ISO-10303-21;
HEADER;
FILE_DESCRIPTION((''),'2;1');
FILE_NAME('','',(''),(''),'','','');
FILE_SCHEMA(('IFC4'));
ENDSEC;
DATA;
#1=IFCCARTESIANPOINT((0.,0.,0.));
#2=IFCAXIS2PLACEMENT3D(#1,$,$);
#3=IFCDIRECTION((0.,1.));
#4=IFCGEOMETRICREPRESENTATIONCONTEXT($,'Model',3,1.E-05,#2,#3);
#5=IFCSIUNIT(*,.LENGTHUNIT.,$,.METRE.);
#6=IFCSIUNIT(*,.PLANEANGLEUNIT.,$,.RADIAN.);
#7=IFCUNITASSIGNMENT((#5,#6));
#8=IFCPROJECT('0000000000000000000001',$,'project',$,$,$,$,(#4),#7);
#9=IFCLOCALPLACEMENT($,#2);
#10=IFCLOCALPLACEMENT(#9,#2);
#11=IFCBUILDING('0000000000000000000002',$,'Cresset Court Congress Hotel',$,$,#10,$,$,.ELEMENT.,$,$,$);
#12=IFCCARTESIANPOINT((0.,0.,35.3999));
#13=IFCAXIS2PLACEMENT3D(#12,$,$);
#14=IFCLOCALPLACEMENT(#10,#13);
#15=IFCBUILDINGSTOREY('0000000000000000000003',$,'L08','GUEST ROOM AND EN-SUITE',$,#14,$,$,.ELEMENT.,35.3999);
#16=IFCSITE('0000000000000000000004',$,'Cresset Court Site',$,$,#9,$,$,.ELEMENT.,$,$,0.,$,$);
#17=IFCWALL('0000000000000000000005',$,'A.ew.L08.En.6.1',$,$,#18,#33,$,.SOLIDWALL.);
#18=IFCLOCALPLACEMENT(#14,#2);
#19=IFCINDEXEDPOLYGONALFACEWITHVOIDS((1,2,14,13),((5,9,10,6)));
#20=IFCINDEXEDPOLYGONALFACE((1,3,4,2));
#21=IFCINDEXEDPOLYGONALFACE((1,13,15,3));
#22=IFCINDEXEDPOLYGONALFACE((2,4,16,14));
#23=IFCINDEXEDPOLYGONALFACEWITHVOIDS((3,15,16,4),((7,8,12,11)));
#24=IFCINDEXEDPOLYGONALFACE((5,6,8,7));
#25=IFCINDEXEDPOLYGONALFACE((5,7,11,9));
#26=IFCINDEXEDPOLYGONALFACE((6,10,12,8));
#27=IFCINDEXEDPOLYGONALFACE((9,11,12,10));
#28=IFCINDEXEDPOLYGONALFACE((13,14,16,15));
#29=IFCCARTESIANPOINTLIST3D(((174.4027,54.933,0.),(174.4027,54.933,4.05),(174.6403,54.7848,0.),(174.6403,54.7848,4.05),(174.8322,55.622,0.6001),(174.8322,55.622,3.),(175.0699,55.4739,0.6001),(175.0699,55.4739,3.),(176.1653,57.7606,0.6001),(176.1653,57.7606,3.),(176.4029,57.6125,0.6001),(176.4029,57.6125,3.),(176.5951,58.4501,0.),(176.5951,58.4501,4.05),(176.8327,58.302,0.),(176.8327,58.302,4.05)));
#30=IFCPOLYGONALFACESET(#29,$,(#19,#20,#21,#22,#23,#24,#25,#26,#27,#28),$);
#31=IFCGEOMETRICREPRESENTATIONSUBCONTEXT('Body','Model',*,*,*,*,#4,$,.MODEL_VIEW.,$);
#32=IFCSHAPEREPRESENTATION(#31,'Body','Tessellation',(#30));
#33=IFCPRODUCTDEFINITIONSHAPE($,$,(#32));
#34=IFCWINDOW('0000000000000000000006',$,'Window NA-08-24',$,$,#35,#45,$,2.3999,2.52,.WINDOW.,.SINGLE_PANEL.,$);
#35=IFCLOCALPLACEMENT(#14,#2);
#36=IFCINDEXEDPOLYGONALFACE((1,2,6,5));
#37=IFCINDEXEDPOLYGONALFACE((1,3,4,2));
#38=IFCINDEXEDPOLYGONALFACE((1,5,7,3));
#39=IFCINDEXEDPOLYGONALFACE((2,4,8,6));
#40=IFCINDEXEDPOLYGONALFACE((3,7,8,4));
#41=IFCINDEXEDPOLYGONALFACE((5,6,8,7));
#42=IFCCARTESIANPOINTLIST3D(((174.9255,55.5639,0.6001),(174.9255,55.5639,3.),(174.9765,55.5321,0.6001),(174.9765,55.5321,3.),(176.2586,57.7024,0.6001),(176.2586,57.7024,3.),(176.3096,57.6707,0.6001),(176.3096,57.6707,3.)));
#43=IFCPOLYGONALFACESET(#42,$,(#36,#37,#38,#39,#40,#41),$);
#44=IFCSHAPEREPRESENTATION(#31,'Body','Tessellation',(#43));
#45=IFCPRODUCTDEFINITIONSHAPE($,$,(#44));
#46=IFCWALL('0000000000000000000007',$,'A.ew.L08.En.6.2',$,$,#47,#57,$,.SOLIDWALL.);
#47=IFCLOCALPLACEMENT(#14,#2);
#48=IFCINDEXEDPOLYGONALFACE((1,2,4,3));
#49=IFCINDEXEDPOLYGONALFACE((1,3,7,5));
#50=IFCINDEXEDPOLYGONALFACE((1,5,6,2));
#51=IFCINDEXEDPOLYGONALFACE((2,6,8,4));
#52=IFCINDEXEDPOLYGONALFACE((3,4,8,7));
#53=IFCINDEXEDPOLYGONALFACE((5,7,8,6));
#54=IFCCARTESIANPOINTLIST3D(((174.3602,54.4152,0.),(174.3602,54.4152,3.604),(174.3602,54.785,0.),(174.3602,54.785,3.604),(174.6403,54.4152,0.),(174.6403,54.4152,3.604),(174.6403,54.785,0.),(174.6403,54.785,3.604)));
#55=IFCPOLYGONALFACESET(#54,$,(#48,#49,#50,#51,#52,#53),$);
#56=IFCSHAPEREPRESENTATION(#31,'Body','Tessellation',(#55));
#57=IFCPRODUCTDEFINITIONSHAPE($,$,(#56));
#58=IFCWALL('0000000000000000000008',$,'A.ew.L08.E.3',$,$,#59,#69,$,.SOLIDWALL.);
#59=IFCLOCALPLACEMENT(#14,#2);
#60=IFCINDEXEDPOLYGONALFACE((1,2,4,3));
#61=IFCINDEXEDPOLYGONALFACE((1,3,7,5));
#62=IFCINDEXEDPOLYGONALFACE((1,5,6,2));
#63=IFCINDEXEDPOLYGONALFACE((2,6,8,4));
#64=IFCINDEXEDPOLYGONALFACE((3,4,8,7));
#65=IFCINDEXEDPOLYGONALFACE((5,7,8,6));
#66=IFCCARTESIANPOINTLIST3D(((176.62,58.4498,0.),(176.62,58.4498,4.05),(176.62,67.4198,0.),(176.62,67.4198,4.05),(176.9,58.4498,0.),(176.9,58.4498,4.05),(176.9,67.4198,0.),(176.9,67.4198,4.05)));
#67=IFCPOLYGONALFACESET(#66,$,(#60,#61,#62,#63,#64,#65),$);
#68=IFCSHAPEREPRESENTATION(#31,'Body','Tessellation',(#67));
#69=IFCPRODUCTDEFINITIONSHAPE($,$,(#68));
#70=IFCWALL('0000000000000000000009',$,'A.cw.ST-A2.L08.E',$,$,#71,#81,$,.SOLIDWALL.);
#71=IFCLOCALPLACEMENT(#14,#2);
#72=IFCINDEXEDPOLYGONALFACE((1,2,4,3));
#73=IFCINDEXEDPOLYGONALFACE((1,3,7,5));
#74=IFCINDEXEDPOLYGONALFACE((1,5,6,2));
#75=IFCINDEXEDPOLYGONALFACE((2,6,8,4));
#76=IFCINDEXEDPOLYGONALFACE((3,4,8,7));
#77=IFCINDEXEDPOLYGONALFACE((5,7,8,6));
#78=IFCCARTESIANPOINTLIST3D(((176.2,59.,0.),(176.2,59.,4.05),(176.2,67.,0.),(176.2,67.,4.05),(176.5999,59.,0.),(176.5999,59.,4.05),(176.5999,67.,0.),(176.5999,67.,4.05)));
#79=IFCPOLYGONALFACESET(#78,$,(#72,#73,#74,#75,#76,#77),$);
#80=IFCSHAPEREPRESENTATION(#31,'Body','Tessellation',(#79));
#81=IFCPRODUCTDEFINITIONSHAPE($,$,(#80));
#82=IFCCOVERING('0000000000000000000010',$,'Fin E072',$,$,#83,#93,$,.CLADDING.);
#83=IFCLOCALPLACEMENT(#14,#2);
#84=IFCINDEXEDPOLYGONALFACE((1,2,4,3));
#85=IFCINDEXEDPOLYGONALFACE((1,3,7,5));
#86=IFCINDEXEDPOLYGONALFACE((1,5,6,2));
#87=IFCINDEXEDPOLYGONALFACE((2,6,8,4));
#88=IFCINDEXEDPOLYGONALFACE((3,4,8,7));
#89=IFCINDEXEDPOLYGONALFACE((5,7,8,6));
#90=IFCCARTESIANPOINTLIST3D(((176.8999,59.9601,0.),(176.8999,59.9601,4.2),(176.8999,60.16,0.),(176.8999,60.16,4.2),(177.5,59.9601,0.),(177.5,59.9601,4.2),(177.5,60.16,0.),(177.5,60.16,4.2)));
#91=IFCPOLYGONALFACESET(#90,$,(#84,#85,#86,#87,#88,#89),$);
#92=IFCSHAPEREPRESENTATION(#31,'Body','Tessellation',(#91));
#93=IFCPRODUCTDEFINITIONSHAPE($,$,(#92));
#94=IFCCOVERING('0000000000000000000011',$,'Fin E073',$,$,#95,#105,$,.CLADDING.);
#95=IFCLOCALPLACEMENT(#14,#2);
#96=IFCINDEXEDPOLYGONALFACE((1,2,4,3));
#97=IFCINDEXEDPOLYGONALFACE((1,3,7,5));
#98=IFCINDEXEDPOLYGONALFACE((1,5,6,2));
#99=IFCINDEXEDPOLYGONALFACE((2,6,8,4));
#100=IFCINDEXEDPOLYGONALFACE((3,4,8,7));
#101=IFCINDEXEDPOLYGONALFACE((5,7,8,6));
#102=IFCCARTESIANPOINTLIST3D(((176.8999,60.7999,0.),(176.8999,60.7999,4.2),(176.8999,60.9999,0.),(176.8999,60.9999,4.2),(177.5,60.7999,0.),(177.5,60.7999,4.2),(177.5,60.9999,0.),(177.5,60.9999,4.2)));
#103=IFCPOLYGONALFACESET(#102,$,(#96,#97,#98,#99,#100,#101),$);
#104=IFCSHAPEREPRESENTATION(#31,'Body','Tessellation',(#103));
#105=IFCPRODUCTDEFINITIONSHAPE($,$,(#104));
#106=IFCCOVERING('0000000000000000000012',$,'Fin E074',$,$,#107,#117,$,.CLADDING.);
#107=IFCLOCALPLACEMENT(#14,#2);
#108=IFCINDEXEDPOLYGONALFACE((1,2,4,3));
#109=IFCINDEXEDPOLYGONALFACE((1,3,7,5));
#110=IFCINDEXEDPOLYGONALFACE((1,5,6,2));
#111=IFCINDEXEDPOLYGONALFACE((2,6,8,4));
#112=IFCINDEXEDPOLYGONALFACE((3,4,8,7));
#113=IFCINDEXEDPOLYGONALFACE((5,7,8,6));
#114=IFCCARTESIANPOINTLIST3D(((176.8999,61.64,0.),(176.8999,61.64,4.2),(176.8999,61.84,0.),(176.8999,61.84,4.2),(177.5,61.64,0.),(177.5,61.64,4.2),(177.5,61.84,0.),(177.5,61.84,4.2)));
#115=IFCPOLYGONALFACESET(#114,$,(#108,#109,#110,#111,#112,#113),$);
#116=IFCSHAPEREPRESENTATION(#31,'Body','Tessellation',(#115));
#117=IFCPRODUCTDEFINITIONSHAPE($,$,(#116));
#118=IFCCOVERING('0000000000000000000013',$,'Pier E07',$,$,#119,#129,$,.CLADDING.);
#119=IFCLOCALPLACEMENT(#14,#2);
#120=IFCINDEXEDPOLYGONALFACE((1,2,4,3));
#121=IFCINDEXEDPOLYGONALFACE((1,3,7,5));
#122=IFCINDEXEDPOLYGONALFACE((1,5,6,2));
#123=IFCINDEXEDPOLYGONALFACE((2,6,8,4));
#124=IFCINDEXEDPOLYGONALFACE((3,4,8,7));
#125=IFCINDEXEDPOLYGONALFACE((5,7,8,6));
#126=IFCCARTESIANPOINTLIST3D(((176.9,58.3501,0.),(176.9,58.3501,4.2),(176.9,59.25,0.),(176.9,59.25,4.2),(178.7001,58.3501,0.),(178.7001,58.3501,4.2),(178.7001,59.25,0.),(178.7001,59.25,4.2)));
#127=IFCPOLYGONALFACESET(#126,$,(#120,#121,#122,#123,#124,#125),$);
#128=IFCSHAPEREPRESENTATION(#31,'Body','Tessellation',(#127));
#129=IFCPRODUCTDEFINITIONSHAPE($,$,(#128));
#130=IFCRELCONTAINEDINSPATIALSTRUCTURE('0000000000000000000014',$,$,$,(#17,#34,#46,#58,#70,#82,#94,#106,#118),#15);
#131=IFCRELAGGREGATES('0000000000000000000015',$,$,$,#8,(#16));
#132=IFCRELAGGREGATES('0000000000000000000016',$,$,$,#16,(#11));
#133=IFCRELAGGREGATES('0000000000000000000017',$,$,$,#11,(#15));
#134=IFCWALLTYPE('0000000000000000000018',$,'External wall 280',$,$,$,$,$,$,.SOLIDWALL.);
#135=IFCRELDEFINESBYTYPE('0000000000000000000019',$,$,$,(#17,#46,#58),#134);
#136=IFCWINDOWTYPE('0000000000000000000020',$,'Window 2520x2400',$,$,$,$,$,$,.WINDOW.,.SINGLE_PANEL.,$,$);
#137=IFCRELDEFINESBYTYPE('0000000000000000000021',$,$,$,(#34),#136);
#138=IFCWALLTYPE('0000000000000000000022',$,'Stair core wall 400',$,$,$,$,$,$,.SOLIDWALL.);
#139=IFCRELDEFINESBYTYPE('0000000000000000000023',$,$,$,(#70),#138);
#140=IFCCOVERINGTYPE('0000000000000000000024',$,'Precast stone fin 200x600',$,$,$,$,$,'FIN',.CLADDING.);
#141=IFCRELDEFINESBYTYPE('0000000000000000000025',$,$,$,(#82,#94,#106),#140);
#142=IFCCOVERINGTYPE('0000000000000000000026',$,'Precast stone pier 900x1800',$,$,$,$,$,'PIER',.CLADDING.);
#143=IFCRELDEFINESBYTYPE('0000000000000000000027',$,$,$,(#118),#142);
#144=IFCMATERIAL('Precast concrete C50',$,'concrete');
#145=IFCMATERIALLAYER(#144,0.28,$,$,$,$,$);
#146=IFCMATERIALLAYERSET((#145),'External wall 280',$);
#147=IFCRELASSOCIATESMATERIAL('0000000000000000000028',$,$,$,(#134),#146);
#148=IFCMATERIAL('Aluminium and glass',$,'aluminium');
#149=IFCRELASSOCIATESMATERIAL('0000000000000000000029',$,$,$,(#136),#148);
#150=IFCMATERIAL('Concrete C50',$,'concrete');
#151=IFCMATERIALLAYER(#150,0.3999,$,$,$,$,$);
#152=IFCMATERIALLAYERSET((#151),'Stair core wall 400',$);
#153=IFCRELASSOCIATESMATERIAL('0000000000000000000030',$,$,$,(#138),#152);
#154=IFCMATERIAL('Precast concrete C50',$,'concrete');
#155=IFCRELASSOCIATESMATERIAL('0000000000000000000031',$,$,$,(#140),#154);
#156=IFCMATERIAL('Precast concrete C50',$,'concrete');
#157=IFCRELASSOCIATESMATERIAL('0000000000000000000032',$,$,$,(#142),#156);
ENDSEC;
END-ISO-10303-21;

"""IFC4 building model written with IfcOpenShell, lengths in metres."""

from ifc_helpers import new_model, si_unit, direction, frame, frame_2d, origin, origin_2d, place, context, subcontext, project, spatial, rectangle, extrude, material, layer, layer_set, type_object, element, fill, save


model = new_model("IFC4")

# Units and contexts
model_context = context("Model", 3, precision=1e-05, world=origin(), true_north=direction((0.0, 1.0)))
body_context = subcontext(model_context, "Body", "Model", "MODEL_VIEW")
ifc_project = project(units=[si_unit("LENGTHUNIT", "METRE"), si_unit("PLANEANGLEUNIT", "RADIAN")], contexts=[model_context])

# Site, building, storey
site_placement = place(None, origin())
site = spatial("IfcSite", under=ifc_project, at=site_placement, Name="Cresset Court Site", CompositionType="ELEMENT", RefElevation=0.0)
building_placement = place(site_placement, origin())
building = spatial("IfcBuilding", under=site, at=building_placement, Name="Cresset Court Congress Hotel", CompositionType="ELEMENT")
storey_placement = place(building_placement, frame((0.0, 0.0, 35.3999)))
storey = spatial("IfcBuildingStorey", under=building, at=storey_placement, Name="L08", Description="GUEST ROOM AND EN-SUITE", CompositionType="ELEMENT", Elevation=35.3999)

# Wall, opening, window
ifc_material_1 = material(Name="Precast concrete C50", Category="concrete")
ifc_layer_1 = layer(ifc_material_1, 0.28)
ifc_layer_set_1 = layer_set([ifc_layer_1], Name="External wall 280")
wall_type_1 = type_object("IfcWallType", Name="External wall 280", PredefinedType="SOLIDWALL", material=ifc_layer_set_1)
ifc_material_2 = material(Name="Aluminium and glass", Category="aluminium")
window_type = type_object("IfcWindowType", Name="Window 2520x2400", PartitioningType="SINGLE_PANEL", PredefinedType="WINDOW", material=ifc_material_2)
wall_1_placement = place(storey_placement, frame((174.5215, 54.8589, 0.0), z_axis=(0.0, 0.0, 1.0), x_axis=(0.528993, 0.848626, 0.0)))
wall_1 = element("IfcWall", 1, at=wall_1_placement, inside=storey, type_object=wall_type_1, Name="A.ew.L08.En.6.1", PredefinedType="SOLIDWALL", context=body_context, shape_type="SweptSolid", body=[
    extrude(rectangle(XDim=4.1445, YDim=0.28, at=frame_2d((2.0723, 0.0))), origin(), (0.0, 0.0, 1.0), 4.05),
])
opening_1_placement = place(wall_1_placement, frame((0.812, 0.0, 0.6001)))
opening_1 = element("IfcOpeningElement", 2, at=opening_1_placement, cuts=wall_1, PredefinedType="OPENING", context=body_context, shape_type="SweptSolid", body=[
    extrude(rectangle(XDim=2.52, YDim=2.3999, at=frame_2d((1.26, 1.2))), frame((0.0, 0.1499, 0.0), z_axis=(0.0, -1.0, 0.0), x_axis=(1.0, 0.0, 0.0)), (0.0, 0.0, 1.0), 0.3),
])
window_1_placement = place(opening_1_placement, origin())
window_1 = element("IfcWindow", 3, at=window_1_placement, inside=storey, type_object=window_type, Name="Window NA-08-24", OverallHeight=2.3999, OverallWidth=2.52, PartitioningType="SINGLE_PANEL", PredefinedType="WINDOW", context=body_context, shape_type="SweptSolid", body=[
    extrude(rectangle(XDim=2.52, YDim=2.3999, at=frame_2d((1.26, 1.2))), frame((0.0, 0.03, 0.0), z_axis=(0.0, -1.0, 0.0), x_axis=(1.0, 0.0, 0.0)), (0.0, 0.0, 1.0), 0.0601),
])
fill(opening_1, window_1)

# Walls
wall_2_placement = place(storey_placement, frame((174.5002, 54.415, 0.0), z_axis=(0.0, 0.0, 1.0), x_axis=(0.0, 1.0, 0.0)))
element("IfcWall", 4, at=wall_2_placement, inside=storey, type_object=wall_type_1, Name="A.ew.L08.En.6.2", PredefinedType="SOLIDWALL", context=body_context, shape_type="SweptSolid", body=[
    extrude(rectangle(XDim=0.3699, YDim=0.28, at=frame_2d((0.1851, 0.0))), origin(), (0.0, 0.0, 1.0), 3.604),
])
wall_3_placement = place(storey_placement, frame((176.76, 58.45, 0.0), z_axis=(0.0, 0.0, 1.0), x_axis=(0.0, 1.0, 0.0)))
element("IfcWall", 5, at=wall_3_placement, inside=storey, type_object=wall_type_1, Name="A.ew.L08.E.3", PredefinedType="SOLIDWALL", context=body_context, shape_type="SweptSolid", body=[
    extrude(rectangle(XDim=8.97, YDim=0.28, at=frame_2d((4.4849, 0.0))), origin(), (0.0, 0.0, 1.0), 4.05),
])
ifc_material_3 = material(Name="Concrete C50", Category="concrete")
ifc_layer_2 = layer(ifc_material_3, 0.3999)
ifc_layer_set_2 = layer_set([ifc_layer_2], Name="Stair core wall 400")
wall_type_2 = type_object("IfcWallType", Name="Stair core wall 400", PredefinedType="SOLIDWALL", material=ifc_layer_set_2)
wall_4_placement = place(storey_placement, frame((176.3999, 59.0, 0.0), z_axis=(0.0, 0.0, 1.0), x_axis=(0.0, 1.0, 0.0)))
element("IfcWall", 6, at=wall_4_placement, inside=storey, type_object=wall_type_2, Name="A.cw.ST-A2.L08.E", PredefinedType="SOLIDWALL", context=body_context, shape_type="SweptSolid", body=[
    extrude(rectangle(XDim=8.0, YDim=0.3999, at=frame_2d((4.0, 0.0))), origin(), (0.0, 0.0, 1.0), 4.05),
])

# Coverings
ifc_material_4 = material(Name="Precast concrete C50", Category="concrete")
covering_type_1 = type_object("IfcCoveringType", Name="Precast stone fin 200x600", ElementType="FIN", PredefinedType="CLADDING", material=ifc_material_4)
for number, where, z_axis, x_axis, name in (
    (7, (177.2, 60.0601, 0.0), (0.0, 0.0, 1.0), (1.0, 0.0, 0.0), "Fin E072"),
    (8, (177.2, 60.8999, 0.0), (0.0, 0.0, 1.0), (1.0, 0.0, 0.0), "Fin E073"),
    (9, (177.2, 61.74, 0.0), (0.0, 0.0, 1.0), (1.0, 0.0, 0.0), "Fin E074"),
):
    element("IfcCovering", number, at=place(storey_placement, frame(where, z_axis=z_axis, x_axis=x_axis)), inside=storey, type_object=covering_type_1, Name=name, PredefinedType="CLADDING", context=body_context, shape_type="SweptSolid", body=[
        extrude(rectangle(XDim=0.6001, YDim=0.2, at=origin_2d()), origin(), (0.0, 0.0, 1.0), 4.2),
    ])
ifc_material_5 = material(Name="Precast concrete C50", Category="concrete")
covering_type_2 = type_object("IfcCoveringType", Name="Precast stone pier 900x1800", ElementType="PIER", PredefinedType="CLADDING", material=ifc_material_5)
covering_placement = place(storey_placement, frame((177.8, 58.8, 0.0), z_axis=(0.0, 0.0, 1.0), x_axis=(1.0, 0.0, 0.0)))
element("IfcCovering", 10, at=covering_placement, inside=storey, type_object=covering_type_2, Name="Pier E07", PredefinedType="CLADDING", context=body_context, shape_type="SweptSolid", body=[
    extrude(rectangle(XDim=1.8, YDim=0.8999, at=origin_2d()), origin(), (0.0, 0.0, 1.0), 4.2),
])

save(model, "model.ifc")
